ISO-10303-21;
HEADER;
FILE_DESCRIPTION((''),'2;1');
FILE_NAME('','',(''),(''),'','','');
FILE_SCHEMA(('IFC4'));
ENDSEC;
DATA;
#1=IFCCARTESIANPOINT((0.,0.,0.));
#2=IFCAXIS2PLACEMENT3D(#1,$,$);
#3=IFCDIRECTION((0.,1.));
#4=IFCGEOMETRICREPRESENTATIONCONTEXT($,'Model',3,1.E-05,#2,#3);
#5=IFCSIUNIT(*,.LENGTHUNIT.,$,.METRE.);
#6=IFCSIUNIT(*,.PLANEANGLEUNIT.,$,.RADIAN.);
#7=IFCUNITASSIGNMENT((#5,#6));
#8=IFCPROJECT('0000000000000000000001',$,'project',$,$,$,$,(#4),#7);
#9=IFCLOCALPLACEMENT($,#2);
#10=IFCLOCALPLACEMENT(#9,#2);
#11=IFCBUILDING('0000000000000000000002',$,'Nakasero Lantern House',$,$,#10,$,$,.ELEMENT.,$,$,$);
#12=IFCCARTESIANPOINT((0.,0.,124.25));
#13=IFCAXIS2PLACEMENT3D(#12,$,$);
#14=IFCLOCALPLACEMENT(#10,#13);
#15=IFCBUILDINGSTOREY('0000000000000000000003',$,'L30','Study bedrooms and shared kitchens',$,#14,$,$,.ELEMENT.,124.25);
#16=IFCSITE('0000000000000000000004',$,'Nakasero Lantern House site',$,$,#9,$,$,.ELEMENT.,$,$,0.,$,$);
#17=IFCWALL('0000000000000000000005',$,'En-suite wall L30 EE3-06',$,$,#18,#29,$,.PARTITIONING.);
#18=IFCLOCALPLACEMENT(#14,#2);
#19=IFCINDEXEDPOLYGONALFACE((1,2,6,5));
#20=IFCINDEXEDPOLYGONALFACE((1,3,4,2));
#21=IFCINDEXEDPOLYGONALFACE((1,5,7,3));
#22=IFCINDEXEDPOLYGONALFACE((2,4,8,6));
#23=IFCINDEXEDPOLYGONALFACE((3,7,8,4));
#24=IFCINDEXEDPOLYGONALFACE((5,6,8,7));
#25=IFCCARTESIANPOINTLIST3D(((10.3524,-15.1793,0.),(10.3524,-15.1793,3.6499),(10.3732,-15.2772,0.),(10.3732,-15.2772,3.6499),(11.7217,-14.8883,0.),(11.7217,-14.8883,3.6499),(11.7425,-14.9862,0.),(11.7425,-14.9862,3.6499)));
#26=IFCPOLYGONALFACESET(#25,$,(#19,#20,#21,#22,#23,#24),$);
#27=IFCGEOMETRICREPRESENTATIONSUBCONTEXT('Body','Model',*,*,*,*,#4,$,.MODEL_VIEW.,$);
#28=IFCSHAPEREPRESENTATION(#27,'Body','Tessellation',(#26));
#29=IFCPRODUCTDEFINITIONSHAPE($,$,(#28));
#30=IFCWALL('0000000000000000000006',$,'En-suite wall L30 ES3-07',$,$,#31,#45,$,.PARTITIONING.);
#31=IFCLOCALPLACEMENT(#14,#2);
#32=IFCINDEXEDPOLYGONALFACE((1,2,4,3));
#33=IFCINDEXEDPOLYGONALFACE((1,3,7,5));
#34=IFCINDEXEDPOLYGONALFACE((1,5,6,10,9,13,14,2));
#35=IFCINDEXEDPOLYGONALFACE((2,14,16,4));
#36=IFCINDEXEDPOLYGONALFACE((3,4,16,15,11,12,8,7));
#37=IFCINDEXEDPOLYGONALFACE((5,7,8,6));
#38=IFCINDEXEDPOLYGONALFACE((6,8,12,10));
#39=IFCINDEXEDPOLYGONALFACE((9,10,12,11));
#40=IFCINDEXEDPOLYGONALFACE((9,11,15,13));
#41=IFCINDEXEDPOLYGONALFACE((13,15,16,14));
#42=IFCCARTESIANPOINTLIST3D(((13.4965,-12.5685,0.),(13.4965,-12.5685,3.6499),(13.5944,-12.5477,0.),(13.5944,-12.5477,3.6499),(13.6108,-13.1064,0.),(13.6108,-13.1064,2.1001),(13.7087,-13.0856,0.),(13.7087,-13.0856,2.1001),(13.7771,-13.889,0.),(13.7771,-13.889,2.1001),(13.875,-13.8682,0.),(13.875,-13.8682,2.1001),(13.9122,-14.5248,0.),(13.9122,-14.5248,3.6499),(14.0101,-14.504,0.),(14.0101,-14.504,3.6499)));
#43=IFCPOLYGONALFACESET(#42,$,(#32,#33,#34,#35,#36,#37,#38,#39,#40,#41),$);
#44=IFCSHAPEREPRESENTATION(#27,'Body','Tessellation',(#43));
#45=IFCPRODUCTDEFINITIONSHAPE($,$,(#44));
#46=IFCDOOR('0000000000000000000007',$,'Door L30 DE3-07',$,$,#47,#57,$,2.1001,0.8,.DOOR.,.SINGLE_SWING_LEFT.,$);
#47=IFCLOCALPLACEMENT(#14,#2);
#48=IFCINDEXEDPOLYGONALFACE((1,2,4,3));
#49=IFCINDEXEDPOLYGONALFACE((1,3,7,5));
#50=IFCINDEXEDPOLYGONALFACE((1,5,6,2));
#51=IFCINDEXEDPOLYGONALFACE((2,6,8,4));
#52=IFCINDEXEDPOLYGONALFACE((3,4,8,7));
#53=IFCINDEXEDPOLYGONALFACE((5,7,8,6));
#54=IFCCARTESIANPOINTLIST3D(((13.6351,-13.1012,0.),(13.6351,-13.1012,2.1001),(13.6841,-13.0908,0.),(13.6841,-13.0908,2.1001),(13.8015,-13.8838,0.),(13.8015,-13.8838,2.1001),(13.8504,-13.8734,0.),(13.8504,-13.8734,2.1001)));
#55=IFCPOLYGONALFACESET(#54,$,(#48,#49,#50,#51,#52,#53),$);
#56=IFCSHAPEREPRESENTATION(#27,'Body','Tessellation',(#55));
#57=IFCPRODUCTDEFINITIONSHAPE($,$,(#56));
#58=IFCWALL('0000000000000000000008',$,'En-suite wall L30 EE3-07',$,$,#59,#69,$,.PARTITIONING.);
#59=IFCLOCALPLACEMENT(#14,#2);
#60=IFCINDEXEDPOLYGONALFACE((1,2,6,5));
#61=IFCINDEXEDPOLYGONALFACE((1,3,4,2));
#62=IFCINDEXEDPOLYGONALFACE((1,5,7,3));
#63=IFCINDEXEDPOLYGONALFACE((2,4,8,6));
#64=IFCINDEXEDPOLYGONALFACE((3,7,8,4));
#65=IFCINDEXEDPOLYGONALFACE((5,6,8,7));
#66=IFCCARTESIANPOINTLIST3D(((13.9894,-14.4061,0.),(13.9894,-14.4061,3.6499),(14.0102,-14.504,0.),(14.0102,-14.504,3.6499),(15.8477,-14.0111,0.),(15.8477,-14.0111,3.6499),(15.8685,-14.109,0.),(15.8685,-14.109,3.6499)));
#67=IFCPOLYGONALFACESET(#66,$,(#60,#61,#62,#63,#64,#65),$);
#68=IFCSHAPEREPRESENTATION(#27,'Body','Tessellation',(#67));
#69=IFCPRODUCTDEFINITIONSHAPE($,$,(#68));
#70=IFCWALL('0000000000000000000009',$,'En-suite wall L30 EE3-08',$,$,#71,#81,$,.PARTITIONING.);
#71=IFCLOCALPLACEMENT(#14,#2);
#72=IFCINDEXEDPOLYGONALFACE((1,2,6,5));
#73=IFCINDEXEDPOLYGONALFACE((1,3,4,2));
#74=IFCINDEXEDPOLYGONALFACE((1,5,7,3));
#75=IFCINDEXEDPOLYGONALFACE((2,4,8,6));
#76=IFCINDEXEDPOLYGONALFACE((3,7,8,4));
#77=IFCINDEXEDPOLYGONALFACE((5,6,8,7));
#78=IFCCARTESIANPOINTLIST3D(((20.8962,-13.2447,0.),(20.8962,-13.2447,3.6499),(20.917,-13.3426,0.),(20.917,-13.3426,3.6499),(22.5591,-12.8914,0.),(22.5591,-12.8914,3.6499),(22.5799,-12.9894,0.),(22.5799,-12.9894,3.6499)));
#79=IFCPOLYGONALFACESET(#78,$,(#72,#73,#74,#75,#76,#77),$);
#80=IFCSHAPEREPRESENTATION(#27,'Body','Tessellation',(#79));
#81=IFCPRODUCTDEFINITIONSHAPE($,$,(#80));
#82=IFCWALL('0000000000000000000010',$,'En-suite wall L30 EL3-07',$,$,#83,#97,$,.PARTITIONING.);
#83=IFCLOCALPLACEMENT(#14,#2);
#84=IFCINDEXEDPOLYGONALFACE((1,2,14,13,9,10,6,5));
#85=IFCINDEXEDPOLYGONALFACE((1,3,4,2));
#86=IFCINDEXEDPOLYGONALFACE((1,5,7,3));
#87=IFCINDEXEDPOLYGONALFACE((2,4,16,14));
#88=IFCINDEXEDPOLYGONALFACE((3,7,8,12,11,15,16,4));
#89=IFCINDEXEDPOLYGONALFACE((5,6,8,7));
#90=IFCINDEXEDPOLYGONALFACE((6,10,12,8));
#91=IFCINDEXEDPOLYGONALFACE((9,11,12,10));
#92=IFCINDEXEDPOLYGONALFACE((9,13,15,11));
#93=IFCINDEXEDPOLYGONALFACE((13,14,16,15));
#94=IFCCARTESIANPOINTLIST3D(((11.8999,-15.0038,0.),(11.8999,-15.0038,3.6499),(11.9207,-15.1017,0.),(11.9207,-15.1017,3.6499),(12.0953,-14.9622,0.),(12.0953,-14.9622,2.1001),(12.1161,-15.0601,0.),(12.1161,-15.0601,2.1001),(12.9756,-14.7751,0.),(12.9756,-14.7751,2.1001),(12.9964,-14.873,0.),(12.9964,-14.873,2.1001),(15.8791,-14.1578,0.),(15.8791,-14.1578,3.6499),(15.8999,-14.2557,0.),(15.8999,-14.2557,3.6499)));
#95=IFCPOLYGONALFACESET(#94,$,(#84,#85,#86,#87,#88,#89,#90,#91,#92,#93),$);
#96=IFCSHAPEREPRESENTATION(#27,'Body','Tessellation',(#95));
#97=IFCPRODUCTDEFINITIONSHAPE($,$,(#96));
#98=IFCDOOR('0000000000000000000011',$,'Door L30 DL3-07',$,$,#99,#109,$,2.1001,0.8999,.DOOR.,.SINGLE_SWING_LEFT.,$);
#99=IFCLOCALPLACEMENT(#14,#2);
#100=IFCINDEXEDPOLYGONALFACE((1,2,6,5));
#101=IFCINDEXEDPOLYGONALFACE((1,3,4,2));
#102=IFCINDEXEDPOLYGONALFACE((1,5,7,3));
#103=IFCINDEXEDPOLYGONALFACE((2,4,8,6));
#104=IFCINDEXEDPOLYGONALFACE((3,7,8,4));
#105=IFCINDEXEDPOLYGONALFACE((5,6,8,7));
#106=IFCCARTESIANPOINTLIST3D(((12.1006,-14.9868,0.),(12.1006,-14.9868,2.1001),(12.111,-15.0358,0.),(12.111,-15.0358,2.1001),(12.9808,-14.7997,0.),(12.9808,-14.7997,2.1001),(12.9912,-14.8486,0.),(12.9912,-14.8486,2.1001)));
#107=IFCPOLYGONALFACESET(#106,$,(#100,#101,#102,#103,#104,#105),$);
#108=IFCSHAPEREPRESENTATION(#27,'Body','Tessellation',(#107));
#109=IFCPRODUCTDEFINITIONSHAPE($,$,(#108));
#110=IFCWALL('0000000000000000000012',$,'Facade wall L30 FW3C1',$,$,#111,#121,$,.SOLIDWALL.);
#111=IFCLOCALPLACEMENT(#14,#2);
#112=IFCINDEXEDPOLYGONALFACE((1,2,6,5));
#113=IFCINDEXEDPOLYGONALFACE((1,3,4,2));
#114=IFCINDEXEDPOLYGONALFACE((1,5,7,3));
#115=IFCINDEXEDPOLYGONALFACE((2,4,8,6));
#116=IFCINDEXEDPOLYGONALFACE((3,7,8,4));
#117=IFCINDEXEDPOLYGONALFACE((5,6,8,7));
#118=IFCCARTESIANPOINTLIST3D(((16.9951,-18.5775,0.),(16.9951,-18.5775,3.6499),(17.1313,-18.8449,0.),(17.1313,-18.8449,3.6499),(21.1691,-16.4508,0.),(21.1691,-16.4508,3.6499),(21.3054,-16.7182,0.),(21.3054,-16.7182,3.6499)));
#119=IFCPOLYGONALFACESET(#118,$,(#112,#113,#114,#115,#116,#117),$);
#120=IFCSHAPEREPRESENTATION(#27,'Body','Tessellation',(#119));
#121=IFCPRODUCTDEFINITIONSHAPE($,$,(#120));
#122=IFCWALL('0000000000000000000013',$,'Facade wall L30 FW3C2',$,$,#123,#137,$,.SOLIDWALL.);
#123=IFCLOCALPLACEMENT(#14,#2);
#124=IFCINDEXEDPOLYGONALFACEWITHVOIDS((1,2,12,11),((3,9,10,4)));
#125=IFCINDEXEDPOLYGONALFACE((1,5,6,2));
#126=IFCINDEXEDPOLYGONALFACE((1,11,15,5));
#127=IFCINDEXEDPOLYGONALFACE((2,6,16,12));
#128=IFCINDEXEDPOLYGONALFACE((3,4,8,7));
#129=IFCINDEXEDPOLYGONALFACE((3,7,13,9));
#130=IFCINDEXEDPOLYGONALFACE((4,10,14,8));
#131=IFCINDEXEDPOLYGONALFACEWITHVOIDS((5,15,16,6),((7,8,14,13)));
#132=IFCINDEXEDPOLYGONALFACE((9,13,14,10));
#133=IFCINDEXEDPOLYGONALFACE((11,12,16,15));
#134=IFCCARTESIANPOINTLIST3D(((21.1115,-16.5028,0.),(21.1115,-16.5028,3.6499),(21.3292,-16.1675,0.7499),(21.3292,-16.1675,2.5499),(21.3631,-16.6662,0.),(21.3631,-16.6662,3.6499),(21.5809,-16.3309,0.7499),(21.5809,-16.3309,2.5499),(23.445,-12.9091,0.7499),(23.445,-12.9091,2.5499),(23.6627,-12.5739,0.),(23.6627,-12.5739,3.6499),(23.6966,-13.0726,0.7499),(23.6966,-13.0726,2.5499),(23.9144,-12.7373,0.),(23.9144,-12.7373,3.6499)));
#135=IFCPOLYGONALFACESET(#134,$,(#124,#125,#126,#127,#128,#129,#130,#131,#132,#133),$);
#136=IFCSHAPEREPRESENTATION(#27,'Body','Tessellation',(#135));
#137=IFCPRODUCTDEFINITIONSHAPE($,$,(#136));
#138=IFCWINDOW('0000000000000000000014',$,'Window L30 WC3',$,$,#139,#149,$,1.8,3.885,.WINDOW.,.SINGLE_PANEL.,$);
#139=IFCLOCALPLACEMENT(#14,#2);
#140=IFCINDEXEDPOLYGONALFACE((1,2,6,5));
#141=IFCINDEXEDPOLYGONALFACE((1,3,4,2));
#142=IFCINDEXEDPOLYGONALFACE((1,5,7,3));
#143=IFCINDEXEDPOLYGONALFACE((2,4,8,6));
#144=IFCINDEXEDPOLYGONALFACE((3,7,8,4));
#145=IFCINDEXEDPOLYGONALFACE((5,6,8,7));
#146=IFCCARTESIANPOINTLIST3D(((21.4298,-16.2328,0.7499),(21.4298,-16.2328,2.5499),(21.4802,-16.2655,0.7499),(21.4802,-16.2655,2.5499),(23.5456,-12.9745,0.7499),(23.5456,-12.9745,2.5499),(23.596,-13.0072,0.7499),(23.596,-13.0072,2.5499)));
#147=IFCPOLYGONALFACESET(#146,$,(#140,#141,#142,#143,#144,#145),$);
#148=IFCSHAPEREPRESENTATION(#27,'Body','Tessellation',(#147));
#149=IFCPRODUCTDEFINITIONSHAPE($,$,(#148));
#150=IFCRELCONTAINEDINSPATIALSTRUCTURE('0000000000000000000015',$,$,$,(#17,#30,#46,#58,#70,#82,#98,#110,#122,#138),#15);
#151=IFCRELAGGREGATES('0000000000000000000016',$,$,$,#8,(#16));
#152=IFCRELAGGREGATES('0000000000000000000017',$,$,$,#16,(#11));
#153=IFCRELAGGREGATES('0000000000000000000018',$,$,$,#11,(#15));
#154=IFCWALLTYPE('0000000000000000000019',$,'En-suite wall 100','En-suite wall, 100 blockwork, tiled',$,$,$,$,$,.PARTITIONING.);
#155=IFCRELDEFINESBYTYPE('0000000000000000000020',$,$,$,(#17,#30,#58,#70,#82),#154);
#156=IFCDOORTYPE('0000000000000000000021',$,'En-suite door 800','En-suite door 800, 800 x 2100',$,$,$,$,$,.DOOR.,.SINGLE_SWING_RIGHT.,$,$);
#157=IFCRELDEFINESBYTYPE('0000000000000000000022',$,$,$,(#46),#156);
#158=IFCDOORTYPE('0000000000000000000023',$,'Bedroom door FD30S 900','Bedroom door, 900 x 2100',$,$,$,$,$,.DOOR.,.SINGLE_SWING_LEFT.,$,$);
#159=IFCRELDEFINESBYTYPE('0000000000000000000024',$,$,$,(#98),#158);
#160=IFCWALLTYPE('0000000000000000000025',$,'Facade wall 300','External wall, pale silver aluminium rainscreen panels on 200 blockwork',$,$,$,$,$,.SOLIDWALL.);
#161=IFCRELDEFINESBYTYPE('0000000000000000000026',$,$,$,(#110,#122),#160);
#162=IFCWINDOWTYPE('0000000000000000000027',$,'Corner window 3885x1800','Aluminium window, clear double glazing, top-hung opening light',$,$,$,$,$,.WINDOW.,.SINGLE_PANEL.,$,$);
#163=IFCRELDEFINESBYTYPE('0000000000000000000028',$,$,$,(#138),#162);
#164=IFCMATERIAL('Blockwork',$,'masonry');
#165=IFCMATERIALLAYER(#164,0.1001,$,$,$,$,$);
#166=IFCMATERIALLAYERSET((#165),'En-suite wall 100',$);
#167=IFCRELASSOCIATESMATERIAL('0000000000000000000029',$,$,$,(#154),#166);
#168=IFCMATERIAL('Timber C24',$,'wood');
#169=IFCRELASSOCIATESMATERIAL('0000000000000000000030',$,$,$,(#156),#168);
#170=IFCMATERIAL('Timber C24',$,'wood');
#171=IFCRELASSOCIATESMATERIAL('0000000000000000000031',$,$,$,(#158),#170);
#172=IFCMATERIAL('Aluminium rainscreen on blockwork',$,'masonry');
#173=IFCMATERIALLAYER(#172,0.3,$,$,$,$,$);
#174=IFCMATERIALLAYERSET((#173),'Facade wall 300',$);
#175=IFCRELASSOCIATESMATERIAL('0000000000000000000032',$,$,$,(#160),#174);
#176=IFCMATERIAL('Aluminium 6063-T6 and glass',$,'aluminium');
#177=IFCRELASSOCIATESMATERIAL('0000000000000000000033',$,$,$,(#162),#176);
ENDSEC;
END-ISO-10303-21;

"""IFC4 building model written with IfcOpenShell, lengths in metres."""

from ifc_helpers import new_model, si_unit, direction, frame, frame_2d, origin, place, context, subcontext, project, spatial, rectangle, extrude, material, layer, layer_set, type_object, element, fill, save


model = new_model("IFC4")

# Units and contexts
model_context = context("Model", 3, precision=1e-05, world=origin(), true_north=direction((0.0, 1.0)))
body_context = subcontext(model_context, "Body", "Model", "MODEL_VIEW")
ifc_project = project(units=[si_unit("LENGTHUNIT", "METRE"), si_unit("PLANEANGLEUNIT", "RADIAN")], contexts=[model_context])

# Site, building, storey
site_placement = place(None, origin())
site = spatial("IfcSite", under=ifc_project, at=site_placement, Name="Nakasero Lantern House site", CompositionType="ELEMENT", RefElevation=0.0)
building_placement = place(site_placement, origin())
building = spatial("IfcBuilding", under=site, at=building_placement, Name="Nakasero Lantern House", CompositionType="ELEMENT")
storey_placement = place(building_placement, frame((0.0, 0.0, 124.25)))
storey = spatial("IfcBuildingStorey", under=building, at=storey_placement, Name="L30", Description="Study bedrooms and shared kitchens", CompositionType="ELEMENT", Elevation=124.25)

# Shared definitions
ifc_material_1 = material(Name="Blockwork", Category="masonry")
ifc_layer_1 = layer(ifc_material_1, 0.1001)
ifc_layer_set_1 = layer_set([ifc_layer_1], Name="En-suite wall 100")
wall_type_1 = type_object("IfcWallType", Name="En-suite wall 100", Description="En-suite wall, 100 blockwork, tiled", PredefinedType="PARTITIONING", material=ifc_layer_set_1)
ifc_material_2 = material(Name="Timber C24", Category="wood")
door_type_1 = type_object("IfcDoorType", Name="En-suite door 800", Description="En-suite door 800, 800 x 2100", OperationType="SINGLE_SWING_RIGHT", PredefinedType="DOOR", material=ifc_material_2)

# Wall
wall_1_placement = place(storey_placement, frame((10.3628, -15.2283, 0.0), z_axis=(0.0, 0.0, 1.0), x_axis=(0.978156, 0.207873, 0.0)))
element("IfcWall", 1, at=wall_1_placement, inside=storey, type_object=wall_type_1, Name="En-suite wall L30 EE3-06", PredefinedType="PARTITIONING", context=body_context, shape_type="SweptSolid", body=[
    extrude(rectangle(XDim=1.3999, YDim=0.1001, at=frame_2d((0.7, 0.0))), origin(), (0.0, 0.0, 1.0), 3.6499),
])

# Wall, opening, door
wall_2_placement = place(storey_placement, frame((13.5454, -12.5581, 0.0), z_axis=(0.0, 0.0, 1.0), x_axis=(0.207886, -0.978153, 0.0)))
wall_2 = element("IfcWall", 2, at=wall_2_placement, inside=storey, type_object=wall_type_1, Name="En-suite wall L30 ES3-07", PredefinedType="PARTITIONING", context=body_context, shape_type="SweptSolid", body=[
    extrude(rectangle(XDim=2.0, YDim=0.1001, at=frame_2d((1.0, 0.0))), origin(), (0.0, 0.0, 1.0), 3.6499),
])
opening_1_placement = place(wall_2_placement, frame((0.55, 0.0, 0.0)))
opening_1 = element("IfcOpeningElement", 3, at=opening_1_placement, cuts=wall_2, PredefinedType="OPENING", context=body_context, shape_type="SweptSolid", body=[
    extrude(rectangle(XDim=0.8, YDim=2.1001, at=frame_2d((0.3999, 1.05))), frame((0.0, 0.0701, 0.0), z_axis=(0.0, -1.0, 0.0), x_axis=(1.0, 0.0, 0.0)), (0.0, 0.0, 1.0), 0.1401),
])
door_1_placement = place(opening_1_placement, origin())
door_1 = element("IfcDoor", 4, at=door_1_placement, inside=storey, type_object=door_type_1, Name="Door L30 DE3-07", OperationType="SINGLE_SWING_LEFT", OverallHeight=2.1001, OverallWidth=0.8, PredefinedType="DOOR", context=body_context, shape_type="SweptSolid", body=[
    extrude(rectangle(XDim=0.8, YDim=2.1001, at=frame_2d((0.3999, 1.05))), frame((0.0, 0.0249, 0.0), z_axis=(0.0, -1.0, 0.0), x_axis=(1.0, 0.0, 0.0)), (0.0, 0.0, 1.0), 0.05),
])
fill(opening_1, door_1)

# Walls
wall_3_placement = place(storey_placement, frame((13.9998, -14.4551, 0.0), z_axis=(0.0, 0.0, 1.0), x_axis=(0.978147, 0.207914, 0.0)))
element("IfcWall", 5, at=wall_3_placement, inside=storey, type_object=wall_type_1, Name="En-suite wall L30 EE3-07", PredefinedType="PARTITIONING", context=body_context, shape_type="SweptSolid", body=[
    extrude(rectangle(XDim=1.8999, YDim=0.1001, at=frame_2d((0.95, 0.0))), origin(), (0.0, 0.0, 1.0), 3.6499),
])
wall_4_placement = place(storey_placement, frame((20.9065, -13.2937, 0.0), z_axis=(0.0, 0.0, 1.0), x_axis=(0.978169, 0.207812, 0.0)))
element("IfcWall", 6, at=wall_4_placement, inside=storey, type_object=wall_type_1, Name="En-suite wall L30 EE3-08", PredefinedType="PARTITIONING", context=body_context, shape_type="SweptSolid", body=[
    extrude(rectangle(XDim=1.7, YDim=0.1001, at=frame_2d((0.8501, 0.0))), origin(), (0.0, 0.0, 1.0), 3.6499),
])

# Wall, opening, door
wall_5_placement = place(storey_placement, frame((11.9102, -15.0527, 0.0), z_axis=(0.0, 0.0, 1.0), x_axis=(0.978141, 0.207943, 0.0)))
wall_5 = element("IfcWall", 7, at=wall_5_placement, inside=storey, type_object=wall_type_1, Name="En-suite wall L30 EL3-07", PredefinedType="PARTITIONING", context=body_context, shape_type="SweptSolid", body=[
    extrude(rectangle(XDim=4.0681, YDim=0.1001, at=frame_2d((2.0342, 0.0))), origin(), (0.0, 0.0, 1.0), 3.6499),
])
opening_2_placement = place(wall_5_placement, frame((0.2, 0.0, 0.0)))
opening_2 = element("IfcOpeningElement", 8, at=opening_2_placement, cuts=wall_5, PredefinedType="OPENING", context=body_context, shape_type="SweptSolid", body=[
    extrude(rectangle(XDim=0.8999, YDim=2.1001, at=frame_2d((0.45, 1.05))), frame((0.0, 0.0701, 0.0), z_axis=(0.0, -1.0, 0.0), x_axis=(1.0, 0.0, 0.0)), (0.0, 0.0, 1.0), 0.1401),
])
ifc_material_3 = material(Name="Timber C24", Category="wood")
door_type_2 = type_object("IfcDoorType", Name="Bedroom door FD30S 900", Description="Bedroom door, 900 x 2100", OperationType="SINGLE_SWING_LEFT", PredefinedType="DOOR", material=ifc_material_3)
door_2_placement = place(opening_2_placement, origin())
door_2 = element("IfcDoor", 9, at=door_2_placement, inside=storey, type_object=door_type_2, Name="Door L30 DL3-07", OperationType="SINGLE_SWING_LEFT", OverallHeight=2.1001, OverallWidth=0.8999, PredefinedType="DOOR", context=body_context, shape_type="SweptSolid", body=[
    extrude(rectangle(XDim=0.8999, YDim=2.1001, at=frame_2d((0.45, 1.05))), frame((0.0, 0.0249, 0.0), z_axis=(0.0, -1.0, 0.0), x_axis=(1.0, 0.0, 0.0)), (0.0, 0.0, 1.0), 0.05),
])
fill(opening_2, door_2)

# Wall
ifc_material_4 = material(Name="Aluminium rainscreen on blockwork", Category="masonry")
ifc_layer_2 = layer(ifc_material_4, 0.3)
ifc_layer_set_2 = layer_set([ifc_layer_2], Name="Facade wall 300")
wall_type_2 = type_object("IfcWallType", Name="Facade wall 300", Description="External wall, pale silver aluminium rainscreen panels on 200 blockwork", PredefinedType="SOLIDWALL", material=ifc_layer_set_2)
wall_6_placement = place(storey_placement, frame((17.0632, -18.7112, 0.0), z_axis=(0.0, 0.0, 1.0), x_axis=(0.891014, 0.453976, 0.0)))
element("IfcWall", 10, at=wall_6_placement, inside=storey, type_object=wall_type_2, Name="Facade wall L30 FW3C1", PredefinedType="SOLIDWALL", context=body_context, shape_type="SweptSolid", body=[
    extrude(rectangle(XDim=4.6846, YDim=0.3, at=frame_2d((2.3423, 0.0))), origin(), (0.0, 0.0, 1.0), 3.6499),
])

# Wall, opening, window
wall_7_placement = place(storey_placement, frame((21.2373, -16.5845, 0.0), z_axis=(0.0, 0.0, 1.0), x_axis=(0.544605, 0.838692, 0.0)))
wall_7 = element("IfcWall", 11, at=wall_7_placement, inside=storey, type_object=wall_type_2, Name="Facade wall L30 FW3C2", PredefinedType="SOLIDWALL", context=body_context, shape_type="SweptSolid", body=[
    extrude(rectangle(XDim=4.6846, YDim=0.3, at=frame_2d((2.3423, 0.0))), origin(), (0.0, 0.0, 1.0), 3.6499),
])
opening_3_placement = place(wall_7_placement, frame((0.3999, 0.0, 0.75)))
opening_3 = element("IfcOpeningElement", 12, at=opening_3_placement, cuts=wall_7, PredefinedType="OPENING", context=body_context, shape_type="SweptSolid", body=[
    extrude(rectangle(XDim=3.885, YDim=1.8, at=frame_2d((1.9424, 0.8999))), frame((0.0, 0.1699, 0.0), z_axis=(0.0, -1.0, 0.0), x_axis=(1.0, 0.0, 0.0)), (0.0, 0.0, 1.0), 0.3401),
])
ifc_material_5 = material(Name="Aluminium 6063-T6 and glass", Category="aluminium")
window_type_1 = type_object("IfcWindowType", Name="Corner window 3885x1800", Description="Aluminium window, clear double glazing, top-hung opening light", PartitioningType="SINGLE_PANEL", PredefinedType="WINDOW", material=ifc_material_5)
window_1_placement = place(opening_3_placement, origin())
window_1 = element("IfcWindow", 13, at=window_1_placement, inside=storey, type_object=window_type_1, Name="Window L30 WC3", OverallHeight=1.8, OverallWidth=3.885, PartitioningType="SINGLE_PANEL", PredefinedType="WINDOW", context=body_context, shape_type="SweptSolid", body=[
    extrude(rectangle(XDim=3.885, YDim=1.8, at=frame_2d((1.9424, 0.8999))), frame((0.0, 0.03, 0.0), z_axis=(0.0, -1.0, 0.0), x_axis=(1.0, 0.0, 0.0)), (0.0, 0.0, 1.0), 0.0601),
])
fill(opening_3, window_1)

save(model, "model.ifc")
